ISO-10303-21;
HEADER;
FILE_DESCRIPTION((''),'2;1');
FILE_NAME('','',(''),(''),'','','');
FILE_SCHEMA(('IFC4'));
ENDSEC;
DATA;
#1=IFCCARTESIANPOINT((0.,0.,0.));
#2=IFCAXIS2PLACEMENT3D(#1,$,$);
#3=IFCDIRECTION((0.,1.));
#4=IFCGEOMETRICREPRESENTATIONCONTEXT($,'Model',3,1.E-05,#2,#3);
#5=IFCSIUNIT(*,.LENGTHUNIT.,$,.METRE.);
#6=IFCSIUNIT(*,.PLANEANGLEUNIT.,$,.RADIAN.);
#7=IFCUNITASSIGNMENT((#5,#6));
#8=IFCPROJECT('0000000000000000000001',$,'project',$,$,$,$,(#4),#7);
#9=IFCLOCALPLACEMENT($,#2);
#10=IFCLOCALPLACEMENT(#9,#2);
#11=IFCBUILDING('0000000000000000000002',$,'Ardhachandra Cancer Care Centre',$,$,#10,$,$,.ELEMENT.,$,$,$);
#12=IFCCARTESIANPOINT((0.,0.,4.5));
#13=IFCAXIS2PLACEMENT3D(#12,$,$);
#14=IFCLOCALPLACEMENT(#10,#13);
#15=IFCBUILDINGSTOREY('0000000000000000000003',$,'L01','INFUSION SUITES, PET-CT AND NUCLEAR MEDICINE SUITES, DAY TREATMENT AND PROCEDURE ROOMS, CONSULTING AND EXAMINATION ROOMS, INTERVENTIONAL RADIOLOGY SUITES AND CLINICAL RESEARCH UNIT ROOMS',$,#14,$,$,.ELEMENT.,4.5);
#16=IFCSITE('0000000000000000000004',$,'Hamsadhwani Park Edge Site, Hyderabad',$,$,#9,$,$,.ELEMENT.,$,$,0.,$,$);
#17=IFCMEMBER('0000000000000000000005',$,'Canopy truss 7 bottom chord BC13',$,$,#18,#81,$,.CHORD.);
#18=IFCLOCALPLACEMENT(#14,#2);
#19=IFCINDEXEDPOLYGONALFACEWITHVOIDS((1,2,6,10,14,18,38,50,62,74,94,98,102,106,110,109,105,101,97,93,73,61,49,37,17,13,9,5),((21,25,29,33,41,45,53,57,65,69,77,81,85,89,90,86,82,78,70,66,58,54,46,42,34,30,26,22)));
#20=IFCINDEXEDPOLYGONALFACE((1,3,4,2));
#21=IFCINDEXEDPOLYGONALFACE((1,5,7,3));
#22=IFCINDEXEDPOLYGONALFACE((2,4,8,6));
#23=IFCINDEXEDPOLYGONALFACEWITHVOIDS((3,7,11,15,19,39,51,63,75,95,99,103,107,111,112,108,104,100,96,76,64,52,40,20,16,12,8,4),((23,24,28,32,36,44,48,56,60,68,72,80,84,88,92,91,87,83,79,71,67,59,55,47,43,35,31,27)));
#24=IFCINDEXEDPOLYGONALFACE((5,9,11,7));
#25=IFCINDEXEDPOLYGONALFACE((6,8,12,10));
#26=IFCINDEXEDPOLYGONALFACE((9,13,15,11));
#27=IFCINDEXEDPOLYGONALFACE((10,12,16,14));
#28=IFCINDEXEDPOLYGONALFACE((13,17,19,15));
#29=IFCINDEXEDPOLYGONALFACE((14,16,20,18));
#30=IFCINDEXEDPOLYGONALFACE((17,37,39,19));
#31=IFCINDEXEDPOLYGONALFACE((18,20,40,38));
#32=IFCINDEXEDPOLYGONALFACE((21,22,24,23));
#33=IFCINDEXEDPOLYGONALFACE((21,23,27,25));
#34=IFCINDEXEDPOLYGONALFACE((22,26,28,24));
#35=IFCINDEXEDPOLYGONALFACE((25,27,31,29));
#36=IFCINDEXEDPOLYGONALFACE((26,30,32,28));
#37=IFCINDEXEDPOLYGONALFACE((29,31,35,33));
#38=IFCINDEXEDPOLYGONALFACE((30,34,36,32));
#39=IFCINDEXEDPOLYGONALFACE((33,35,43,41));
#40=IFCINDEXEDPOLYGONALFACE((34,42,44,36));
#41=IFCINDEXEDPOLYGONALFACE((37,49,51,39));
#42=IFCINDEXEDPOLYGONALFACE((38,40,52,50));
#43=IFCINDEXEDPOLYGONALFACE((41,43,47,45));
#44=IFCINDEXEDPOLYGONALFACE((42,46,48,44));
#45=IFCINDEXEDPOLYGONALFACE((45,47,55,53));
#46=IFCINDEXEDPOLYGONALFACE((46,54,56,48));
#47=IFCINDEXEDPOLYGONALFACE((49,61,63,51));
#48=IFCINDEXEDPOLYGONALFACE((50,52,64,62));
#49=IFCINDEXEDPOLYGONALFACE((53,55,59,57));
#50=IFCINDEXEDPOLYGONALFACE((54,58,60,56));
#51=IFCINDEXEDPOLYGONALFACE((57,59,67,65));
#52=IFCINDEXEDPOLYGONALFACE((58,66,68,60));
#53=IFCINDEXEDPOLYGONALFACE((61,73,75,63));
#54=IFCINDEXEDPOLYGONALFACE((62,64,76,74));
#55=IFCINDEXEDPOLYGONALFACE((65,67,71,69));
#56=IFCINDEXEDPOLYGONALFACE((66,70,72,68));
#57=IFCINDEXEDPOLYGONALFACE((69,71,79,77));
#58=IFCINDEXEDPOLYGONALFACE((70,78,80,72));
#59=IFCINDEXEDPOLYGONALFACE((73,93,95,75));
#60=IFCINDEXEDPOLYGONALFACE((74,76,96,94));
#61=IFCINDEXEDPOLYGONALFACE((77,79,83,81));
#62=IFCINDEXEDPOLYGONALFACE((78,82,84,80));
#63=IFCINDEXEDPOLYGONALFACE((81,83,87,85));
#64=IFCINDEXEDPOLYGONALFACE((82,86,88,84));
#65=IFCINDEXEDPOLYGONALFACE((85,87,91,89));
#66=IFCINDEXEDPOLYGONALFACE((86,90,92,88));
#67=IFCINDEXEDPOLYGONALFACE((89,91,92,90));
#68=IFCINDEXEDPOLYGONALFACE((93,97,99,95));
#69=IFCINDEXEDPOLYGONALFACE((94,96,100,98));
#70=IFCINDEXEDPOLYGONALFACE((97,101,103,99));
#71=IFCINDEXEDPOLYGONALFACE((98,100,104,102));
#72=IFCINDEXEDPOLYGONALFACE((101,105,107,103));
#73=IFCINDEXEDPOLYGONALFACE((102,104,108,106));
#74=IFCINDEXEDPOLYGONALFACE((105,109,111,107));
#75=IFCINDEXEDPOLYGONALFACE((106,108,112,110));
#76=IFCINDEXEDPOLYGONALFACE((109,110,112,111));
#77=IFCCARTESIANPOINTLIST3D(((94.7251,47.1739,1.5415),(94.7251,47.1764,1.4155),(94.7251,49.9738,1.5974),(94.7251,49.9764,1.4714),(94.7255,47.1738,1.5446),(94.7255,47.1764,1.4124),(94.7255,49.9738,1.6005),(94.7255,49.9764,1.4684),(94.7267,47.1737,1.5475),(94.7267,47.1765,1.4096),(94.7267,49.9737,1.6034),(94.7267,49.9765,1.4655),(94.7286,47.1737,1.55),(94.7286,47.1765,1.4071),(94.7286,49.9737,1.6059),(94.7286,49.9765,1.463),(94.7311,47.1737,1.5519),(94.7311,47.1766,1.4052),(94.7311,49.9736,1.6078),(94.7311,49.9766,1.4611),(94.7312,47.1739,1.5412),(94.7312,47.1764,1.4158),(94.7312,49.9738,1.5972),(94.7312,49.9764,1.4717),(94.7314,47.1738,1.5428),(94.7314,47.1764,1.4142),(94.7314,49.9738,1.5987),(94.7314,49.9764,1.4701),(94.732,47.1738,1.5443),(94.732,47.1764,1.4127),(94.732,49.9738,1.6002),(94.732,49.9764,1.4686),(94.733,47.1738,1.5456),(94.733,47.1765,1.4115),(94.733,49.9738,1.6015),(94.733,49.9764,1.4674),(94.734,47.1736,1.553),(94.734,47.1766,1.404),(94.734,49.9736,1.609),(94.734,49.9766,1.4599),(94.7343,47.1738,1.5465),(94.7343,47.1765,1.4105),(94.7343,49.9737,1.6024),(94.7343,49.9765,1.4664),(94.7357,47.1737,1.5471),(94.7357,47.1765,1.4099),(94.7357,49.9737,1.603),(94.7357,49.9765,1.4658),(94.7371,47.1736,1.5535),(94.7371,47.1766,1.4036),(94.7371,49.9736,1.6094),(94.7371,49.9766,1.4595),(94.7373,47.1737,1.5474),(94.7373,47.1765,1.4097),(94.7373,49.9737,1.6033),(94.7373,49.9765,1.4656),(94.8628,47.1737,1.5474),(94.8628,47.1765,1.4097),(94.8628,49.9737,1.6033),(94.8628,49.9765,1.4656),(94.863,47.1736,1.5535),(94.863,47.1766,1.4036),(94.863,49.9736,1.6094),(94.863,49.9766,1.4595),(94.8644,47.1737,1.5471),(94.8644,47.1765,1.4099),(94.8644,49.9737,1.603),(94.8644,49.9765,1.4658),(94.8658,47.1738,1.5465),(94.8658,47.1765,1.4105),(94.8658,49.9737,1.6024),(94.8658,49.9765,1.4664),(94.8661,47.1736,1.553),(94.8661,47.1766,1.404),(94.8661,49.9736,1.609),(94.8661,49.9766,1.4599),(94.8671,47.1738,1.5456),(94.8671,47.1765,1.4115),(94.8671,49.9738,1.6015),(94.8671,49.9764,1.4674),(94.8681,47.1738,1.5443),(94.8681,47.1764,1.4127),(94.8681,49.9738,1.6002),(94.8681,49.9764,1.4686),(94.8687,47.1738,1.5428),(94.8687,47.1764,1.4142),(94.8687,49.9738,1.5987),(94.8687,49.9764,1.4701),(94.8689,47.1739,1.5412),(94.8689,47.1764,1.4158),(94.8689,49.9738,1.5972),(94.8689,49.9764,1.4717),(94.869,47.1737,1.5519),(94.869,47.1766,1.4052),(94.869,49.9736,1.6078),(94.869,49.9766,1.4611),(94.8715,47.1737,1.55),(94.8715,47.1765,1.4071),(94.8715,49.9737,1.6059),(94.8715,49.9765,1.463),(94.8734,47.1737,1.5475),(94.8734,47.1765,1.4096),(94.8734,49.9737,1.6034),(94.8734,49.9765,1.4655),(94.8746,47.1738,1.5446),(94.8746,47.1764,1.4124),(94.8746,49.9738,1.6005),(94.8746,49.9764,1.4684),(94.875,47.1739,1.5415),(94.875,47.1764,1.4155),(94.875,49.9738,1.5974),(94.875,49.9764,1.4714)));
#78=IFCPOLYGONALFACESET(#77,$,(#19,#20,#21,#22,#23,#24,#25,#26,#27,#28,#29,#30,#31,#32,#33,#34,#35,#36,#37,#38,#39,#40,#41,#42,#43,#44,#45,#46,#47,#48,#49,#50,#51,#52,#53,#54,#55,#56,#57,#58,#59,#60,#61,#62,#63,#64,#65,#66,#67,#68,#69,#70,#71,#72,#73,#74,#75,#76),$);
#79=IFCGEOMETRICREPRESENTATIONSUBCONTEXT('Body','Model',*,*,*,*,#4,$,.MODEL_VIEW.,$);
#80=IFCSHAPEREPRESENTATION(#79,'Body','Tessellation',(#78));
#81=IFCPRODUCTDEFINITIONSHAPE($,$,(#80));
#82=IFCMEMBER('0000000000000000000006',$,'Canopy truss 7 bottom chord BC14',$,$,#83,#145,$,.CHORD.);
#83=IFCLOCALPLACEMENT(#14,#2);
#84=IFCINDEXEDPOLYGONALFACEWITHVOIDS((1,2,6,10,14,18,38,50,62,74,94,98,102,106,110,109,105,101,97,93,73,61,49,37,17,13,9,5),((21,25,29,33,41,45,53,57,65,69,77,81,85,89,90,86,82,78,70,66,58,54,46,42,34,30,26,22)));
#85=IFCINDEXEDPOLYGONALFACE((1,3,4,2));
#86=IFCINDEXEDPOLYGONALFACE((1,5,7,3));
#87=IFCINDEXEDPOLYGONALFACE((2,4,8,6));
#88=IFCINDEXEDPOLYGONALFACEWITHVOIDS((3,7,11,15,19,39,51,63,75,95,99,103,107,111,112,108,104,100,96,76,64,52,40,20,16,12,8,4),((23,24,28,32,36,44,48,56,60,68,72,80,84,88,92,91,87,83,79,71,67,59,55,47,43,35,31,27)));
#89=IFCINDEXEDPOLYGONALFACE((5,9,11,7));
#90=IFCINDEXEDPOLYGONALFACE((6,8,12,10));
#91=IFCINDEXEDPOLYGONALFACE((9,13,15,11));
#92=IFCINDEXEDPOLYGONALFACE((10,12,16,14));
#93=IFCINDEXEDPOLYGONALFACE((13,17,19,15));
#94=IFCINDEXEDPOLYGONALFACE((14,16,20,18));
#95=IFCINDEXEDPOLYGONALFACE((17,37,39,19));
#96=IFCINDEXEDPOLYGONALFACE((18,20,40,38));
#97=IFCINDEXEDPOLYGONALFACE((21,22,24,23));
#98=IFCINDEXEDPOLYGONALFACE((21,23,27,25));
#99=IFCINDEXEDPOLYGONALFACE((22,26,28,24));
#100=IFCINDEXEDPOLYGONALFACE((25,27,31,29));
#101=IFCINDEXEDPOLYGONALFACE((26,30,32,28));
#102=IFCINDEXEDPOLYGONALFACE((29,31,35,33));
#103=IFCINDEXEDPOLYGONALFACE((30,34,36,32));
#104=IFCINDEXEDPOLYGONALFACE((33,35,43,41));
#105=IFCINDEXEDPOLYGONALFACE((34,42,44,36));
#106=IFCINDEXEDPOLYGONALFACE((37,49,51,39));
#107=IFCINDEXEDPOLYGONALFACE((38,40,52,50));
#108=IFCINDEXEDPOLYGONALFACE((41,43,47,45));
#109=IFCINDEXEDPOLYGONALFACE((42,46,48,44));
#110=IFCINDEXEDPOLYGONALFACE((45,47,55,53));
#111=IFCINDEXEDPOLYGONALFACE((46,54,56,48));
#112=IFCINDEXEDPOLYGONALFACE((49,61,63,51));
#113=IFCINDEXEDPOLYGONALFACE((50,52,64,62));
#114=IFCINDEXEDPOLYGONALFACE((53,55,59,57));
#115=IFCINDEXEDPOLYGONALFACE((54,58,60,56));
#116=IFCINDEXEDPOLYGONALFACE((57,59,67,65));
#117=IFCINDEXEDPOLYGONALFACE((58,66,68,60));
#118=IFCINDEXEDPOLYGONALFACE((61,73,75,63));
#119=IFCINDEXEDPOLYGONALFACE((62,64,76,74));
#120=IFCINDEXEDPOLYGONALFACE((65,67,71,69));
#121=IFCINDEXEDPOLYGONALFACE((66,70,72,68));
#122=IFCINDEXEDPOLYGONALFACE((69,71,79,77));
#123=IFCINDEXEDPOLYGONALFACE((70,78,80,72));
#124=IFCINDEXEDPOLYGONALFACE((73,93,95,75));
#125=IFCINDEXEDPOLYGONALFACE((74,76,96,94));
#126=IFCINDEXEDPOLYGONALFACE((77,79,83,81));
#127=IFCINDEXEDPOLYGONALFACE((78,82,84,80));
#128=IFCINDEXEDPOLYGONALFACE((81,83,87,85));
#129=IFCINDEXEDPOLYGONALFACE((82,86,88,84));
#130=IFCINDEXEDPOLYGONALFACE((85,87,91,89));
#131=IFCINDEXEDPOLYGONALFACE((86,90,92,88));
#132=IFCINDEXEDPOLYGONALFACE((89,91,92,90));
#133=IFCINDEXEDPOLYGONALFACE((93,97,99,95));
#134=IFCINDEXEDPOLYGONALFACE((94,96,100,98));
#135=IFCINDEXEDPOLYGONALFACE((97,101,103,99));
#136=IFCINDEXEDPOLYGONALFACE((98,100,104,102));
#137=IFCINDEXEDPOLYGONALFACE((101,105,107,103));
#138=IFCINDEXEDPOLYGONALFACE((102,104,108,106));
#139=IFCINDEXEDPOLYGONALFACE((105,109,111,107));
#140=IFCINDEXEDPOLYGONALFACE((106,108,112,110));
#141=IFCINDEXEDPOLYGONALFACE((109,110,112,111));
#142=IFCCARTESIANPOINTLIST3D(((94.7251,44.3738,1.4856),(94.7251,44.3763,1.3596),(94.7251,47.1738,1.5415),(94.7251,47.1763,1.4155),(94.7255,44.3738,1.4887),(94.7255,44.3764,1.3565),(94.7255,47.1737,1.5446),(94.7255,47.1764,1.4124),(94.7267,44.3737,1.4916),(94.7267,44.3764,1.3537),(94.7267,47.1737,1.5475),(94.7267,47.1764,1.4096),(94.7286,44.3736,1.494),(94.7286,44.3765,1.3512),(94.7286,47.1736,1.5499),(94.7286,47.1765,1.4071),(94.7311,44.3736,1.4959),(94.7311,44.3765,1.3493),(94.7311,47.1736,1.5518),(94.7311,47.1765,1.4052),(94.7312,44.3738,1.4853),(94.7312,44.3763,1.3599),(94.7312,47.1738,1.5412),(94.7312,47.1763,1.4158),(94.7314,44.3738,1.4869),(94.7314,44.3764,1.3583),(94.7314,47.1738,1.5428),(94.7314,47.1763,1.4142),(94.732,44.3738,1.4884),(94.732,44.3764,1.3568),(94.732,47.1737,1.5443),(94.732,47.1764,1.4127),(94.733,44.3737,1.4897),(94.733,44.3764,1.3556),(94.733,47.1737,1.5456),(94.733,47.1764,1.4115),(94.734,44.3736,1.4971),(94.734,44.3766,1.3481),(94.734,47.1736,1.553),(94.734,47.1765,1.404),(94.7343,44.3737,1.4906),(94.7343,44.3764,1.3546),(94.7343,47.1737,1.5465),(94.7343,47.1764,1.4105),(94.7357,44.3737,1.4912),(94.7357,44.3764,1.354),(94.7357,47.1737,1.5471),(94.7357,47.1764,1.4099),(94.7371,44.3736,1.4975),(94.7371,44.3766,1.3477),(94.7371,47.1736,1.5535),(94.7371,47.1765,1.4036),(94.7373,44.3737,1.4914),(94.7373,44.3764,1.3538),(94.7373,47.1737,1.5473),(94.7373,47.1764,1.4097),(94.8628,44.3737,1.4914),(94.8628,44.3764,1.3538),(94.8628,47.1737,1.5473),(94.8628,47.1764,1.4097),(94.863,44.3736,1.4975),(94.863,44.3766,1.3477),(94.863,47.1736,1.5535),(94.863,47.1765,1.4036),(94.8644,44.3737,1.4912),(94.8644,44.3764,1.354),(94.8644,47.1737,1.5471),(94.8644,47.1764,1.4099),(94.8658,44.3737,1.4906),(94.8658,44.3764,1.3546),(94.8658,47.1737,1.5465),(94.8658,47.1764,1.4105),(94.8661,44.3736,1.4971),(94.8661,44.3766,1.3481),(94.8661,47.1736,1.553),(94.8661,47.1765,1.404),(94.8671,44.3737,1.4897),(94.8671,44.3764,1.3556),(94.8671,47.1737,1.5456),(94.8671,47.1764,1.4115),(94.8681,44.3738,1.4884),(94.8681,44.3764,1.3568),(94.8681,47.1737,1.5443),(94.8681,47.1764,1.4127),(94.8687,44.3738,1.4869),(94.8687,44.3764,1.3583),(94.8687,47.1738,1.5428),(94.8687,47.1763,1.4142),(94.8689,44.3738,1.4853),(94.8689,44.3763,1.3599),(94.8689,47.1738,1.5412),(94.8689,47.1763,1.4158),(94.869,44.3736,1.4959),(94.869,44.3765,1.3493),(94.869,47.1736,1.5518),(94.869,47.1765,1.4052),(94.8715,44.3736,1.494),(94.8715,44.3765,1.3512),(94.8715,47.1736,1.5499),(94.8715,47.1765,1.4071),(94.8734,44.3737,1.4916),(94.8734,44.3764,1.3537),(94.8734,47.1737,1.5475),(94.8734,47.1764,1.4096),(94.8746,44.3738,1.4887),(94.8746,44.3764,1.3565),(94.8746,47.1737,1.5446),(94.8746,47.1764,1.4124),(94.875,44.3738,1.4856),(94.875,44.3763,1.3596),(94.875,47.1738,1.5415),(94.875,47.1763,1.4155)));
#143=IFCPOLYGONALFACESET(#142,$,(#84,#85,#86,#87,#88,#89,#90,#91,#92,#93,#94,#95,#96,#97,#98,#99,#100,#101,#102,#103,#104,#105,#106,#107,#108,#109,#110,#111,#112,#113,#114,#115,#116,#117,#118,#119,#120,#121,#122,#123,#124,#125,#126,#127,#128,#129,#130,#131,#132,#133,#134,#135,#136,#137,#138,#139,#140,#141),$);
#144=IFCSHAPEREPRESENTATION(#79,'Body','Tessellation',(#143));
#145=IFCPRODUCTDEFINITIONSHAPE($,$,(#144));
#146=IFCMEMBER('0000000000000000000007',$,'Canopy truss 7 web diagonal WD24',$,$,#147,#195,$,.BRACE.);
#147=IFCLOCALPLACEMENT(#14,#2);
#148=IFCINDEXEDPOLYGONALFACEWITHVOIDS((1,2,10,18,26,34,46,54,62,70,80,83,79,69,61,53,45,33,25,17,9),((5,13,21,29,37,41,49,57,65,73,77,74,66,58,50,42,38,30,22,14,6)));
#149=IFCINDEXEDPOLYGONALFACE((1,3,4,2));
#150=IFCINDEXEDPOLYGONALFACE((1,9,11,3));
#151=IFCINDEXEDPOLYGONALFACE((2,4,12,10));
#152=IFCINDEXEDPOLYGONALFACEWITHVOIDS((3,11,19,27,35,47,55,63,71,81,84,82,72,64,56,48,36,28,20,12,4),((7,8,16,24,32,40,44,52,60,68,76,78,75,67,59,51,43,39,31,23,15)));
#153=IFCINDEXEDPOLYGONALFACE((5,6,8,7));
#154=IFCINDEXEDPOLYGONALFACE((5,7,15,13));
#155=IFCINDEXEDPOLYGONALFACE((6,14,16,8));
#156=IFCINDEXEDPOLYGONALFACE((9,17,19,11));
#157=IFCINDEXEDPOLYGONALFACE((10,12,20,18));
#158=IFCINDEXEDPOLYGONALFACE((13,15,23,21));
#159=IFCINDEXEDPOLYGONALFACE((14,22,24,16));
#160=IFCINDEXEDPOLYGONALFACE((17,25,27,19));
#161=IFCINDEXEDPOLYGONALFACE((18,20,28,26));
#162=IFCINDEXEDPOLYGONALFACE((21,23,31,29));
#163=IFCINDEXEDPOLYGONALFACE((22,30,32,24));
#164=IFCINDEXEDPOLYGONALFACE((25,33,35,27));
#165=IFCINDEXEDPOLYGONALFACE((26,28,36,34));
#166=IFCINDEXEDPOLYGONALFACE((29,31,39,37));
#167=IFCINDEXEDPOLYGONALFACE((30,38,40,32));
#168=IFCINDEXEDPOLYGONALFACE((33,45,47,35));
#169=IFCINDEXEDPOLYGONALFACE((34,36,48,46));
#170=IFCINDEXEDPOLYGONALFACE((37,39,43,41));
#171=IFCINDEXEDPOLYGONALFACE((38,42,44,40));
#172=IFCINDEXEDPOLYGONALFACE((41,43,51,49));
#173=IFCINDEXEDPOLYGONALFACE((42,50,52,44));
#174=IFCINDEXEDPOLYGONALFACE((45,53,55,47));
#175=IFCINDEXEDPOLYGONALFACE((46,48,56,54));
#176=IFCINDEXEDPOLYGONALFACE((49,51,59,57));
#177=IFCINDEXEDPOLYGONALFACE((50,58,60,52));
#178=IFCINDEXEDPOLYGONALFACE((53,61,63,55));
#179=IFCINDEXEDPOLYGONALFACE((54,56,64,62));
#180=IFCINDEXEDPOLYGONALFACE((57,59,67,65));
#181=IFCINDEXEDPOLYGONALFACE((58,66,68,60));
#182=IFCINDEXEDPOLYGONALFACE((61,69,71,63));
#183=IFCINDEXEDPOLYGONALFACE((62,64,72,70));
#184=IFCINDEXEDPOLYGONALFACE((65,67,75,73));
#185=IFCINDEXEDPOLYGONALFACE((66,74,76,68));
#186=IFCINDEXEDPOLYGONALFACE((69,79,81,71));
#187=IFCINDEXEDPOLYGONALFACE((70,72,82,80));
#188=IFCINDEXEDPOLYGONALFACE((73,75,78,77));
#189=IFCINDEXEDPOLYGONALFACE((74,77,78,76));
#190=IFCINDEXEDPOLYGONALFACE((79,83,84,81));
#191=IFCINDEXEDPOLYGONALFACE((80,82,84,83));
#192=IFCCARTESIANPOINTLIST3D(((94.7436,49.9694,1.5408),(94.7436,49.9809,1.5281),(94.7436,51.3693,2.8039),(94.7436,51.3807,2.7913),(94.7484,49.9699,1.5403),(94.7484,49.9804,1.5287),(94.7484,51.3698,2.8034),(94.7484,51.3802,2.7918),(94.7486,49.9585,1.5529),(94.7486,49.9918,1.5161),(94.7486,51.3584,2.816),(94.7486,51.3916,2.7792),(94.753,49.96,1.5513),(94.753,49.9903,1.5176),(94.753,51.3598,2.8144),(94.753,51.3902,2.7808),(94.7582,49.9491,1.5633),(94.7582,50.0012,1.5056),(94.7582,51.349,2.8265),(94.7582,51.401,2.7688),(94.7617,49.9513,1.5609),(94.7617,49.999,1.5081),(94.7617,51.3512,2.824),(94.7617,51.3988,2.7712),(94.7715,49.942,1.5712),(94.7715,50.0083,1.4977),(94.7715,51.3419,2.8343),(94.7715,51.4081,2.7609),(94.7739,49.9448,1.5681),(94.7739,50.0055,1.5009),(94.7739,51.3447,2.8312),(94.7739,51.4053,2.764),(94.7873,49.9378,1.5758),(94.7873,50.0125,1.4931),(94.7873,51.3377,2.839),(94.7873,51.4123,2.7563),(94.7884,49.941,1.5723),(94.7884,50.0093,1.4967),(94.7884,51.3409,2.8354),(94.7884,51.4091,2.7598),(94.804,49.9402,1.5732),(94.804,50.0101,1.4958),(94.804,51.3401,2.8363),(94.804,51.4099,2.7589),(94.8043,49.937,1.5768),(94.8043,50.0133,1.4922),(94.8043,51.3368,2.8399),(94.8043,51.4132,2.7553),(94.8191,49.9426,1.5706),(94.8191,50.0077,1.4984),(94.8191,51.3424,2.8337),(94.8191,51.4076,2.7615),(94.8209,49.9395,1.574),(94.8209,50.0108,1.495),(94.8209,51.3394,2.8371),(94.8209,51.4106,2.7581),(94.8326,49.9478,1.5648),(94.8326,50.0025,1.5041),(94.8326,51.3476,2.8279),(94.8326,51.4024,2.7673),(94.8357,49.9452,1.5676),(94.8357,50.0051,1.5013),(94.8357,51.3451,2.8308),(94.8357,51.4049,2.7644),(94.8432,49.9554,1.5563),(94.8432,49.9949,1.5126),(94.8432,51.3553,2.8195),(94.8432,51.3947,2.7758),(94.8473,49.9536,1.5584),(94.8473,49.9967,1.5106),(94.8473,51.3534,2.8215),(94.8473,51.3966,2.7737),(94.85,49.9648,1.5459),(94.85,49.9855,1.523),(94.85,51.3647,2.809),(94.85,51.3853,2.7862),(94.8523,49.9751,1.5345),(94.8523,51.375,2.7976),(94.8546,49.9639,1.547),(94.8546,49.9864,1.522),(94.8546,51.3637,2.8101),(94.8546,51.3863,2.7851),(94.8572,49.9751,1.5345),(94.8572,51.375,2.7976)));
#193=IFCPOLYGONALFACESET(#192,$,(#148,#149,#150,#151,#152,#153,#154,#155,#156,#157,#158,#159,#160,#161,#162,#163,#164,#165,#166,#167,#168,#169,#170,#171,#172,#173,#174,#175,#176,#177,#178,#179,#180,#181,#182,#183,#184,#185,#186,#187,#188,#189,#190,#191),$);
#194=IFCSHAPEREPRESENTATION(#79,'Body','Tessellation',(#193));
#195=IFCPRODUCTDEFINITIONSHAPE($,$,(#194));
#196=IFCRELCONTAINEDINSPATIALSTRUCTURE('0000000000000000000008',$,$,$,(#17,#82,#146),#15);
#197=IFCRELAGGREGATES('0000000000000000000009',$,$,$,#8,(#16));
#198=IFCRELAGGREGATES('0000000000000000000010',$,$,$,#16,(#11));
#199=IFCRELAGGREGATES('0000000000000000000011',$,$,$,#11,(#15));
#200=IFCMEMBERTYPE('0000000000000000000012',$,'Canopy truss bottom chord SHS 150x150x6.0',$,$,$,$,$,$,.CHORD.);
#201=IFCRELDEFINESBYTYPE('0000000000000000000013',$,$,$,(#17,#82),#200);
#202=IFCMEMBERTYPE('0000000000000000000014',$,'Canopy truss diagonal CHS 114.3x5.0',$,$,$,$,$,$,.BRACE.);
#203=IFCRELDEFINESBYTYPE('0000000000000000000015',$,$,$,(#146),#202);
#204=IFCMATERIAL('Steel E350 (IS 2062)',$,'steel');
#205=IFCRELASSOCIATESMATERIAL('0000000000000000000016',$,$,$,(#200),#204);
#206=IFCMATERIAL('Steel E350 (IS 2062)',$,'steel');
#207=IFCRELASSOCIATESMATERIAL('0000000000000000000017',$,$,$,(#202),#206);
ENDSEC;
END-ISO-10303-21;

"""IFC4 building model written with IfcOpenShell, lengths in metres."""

from ifc_helpers import new_model, si_unit, direction, frame, origin, origin_2d, place, context, subcontext, project, spatial, hollow_rectangle, hollow_circle, extrude, material, material_profile, profile_set, type_object, element, save


model = new_model("IFC4")

# Units and contexts
model_context = context("Model", 3, precision=1e-05, world=origin(), true_north=direction((0.0, 1.0)))
body_context = subcontext(model_context, "Body", "Model", "MODEL_VIEW")
ifc_project = project(units=[si_unit("LENGTHUNIT", "METRE"), si_unit("PLANEANGLEUNIT", "RADIAN")], contexts=[model_context])

# Site, building, storey
site_placement = place(None, origin())
site = spatial("IfcSite", under=ifc_project, at=site_placement, Name="Hamsadhwani Park Edge Site, Hyderabad", CompositionType="ELEMENT", RefElevation=0.0)
building_placement = place(site_placement, origin())
building = spatial("IfcBuilding", under=site, at=building_placement, Name="Ardhachandra Cancer Care Centre", CompositionType="ELEMENT")
storey_placement = place(building_placement, frame((0.0, 0.0, 4.5)))
storey = spatial("IfcBuildingStorey", under=building, at=storey_placement, Name="L01", Description="INFUSION SUITES, PET-CT AND NUCLEAR MEDICINE SUITES, DAY TREATMENT AND PROCEDURE ROOMS, CONSULTING AND EXAMINATION ROOMS, INTERVENTIONAL RADIOLOGY SUITES AND CLINICAL RESEARCH UNIT ROOMS", CompositionType="ELEMENT", Elevation=4.5)

# Members
ifc_material_1 = material(Name="Steel E350 (IS 2062)", Category="steel")
ifc_material_profile_1 = material_profile(ifc_material_1, hollow_rectangle(XDim=0.1499, YDim=0.1499, WallThickness=0.0061, InnerFilletRadius=0.0061, OuterFilletRadius=0.012, at=origin_2d()), Name="SHS 150x150x6.0")
ifc_profile_set_1 = profile_set([ifc_material_profile_1], Name="Steel E350 (IS 2062)")
member_type_1 = type_object("IfcMemberType", Name="Canopy truss bottom chord SHS 150x150x6.0", PredefinedType="CHORD", material=ifc_profile_set_1)
for number, where, z_axis, x_axis, name in (
    (1, (94.8, 49.9751, 1.5344), (0.0, -0.999801, -0.019963), (1.0, 0.0, 0.0), "Canopy truss 7 bottom chord BC13"),
    (2, (94.8, 47.175, 1.4785), (0.0, -0.999801, -0.019963), (1.0, 0.0, 0.0), "Canopy truss 7 bottom chord BC14"),
):
    element("IfcMember", number, at=place(storey_placement, frame(where, z_axis=z_axis, x_axis=x_axis)), inside=storey, type_object=member_type_1, Name=name, PredefinedType="CHORD", context=body_context, shape_type="SweptSolid", body=[
        extrude(hollow_rectangle(XDim=0.1499, YDim=0.1499, WallThickness=0.0061, InnerFilletRadius=0.0061, OuterFilletRadius=0.012, at=origin_2d()), origin(), (0.0, 0.0, 1.0), 2.8005),
    ])
ifc_material_2 = material(Name="Steel E350 (IS 2062)", Category="steel")
ifc_material_profile_2 = material_profile(ifc_material_2, hollow_circle(Radius=0.0571, WallThickness=0.0049, at=origin_2d()), Name="CHS 114.3x5.0")
ifc_profile_set_2 = profile_set([ifc_material_profile_2], Name="Steel E350 (IS 2062)")
member_type_2 = type_object("IfcMemberType", Name="Canopy truss diagonal CHS 114.3x5.0", PredefinedType="BRACE", material=ifc_profile_set_2)
member_1_placement = place(storey_placement, frame((94.8, 51.375, 2.7976), z_axis=(0.0, -0.742431, -0.669923), x_axis=(1.0, 0.0, 0.0)))
element("IfcMember", 3, at=member_1_placement, inside=storey, type_object=member_type_2, Name="Canopy truss 7 web diagonal WD24", PredefinedType="BRACE", context=body_context, shape_type="SweptSolid", body=[
    extrude(hollow_circle(Radius=0.0571, WallThickness=0.0049, at=origin_2d()), origin(), (0.0, 0.0, 1.0), 1.8855),
])

save(model, "model.ifc")
